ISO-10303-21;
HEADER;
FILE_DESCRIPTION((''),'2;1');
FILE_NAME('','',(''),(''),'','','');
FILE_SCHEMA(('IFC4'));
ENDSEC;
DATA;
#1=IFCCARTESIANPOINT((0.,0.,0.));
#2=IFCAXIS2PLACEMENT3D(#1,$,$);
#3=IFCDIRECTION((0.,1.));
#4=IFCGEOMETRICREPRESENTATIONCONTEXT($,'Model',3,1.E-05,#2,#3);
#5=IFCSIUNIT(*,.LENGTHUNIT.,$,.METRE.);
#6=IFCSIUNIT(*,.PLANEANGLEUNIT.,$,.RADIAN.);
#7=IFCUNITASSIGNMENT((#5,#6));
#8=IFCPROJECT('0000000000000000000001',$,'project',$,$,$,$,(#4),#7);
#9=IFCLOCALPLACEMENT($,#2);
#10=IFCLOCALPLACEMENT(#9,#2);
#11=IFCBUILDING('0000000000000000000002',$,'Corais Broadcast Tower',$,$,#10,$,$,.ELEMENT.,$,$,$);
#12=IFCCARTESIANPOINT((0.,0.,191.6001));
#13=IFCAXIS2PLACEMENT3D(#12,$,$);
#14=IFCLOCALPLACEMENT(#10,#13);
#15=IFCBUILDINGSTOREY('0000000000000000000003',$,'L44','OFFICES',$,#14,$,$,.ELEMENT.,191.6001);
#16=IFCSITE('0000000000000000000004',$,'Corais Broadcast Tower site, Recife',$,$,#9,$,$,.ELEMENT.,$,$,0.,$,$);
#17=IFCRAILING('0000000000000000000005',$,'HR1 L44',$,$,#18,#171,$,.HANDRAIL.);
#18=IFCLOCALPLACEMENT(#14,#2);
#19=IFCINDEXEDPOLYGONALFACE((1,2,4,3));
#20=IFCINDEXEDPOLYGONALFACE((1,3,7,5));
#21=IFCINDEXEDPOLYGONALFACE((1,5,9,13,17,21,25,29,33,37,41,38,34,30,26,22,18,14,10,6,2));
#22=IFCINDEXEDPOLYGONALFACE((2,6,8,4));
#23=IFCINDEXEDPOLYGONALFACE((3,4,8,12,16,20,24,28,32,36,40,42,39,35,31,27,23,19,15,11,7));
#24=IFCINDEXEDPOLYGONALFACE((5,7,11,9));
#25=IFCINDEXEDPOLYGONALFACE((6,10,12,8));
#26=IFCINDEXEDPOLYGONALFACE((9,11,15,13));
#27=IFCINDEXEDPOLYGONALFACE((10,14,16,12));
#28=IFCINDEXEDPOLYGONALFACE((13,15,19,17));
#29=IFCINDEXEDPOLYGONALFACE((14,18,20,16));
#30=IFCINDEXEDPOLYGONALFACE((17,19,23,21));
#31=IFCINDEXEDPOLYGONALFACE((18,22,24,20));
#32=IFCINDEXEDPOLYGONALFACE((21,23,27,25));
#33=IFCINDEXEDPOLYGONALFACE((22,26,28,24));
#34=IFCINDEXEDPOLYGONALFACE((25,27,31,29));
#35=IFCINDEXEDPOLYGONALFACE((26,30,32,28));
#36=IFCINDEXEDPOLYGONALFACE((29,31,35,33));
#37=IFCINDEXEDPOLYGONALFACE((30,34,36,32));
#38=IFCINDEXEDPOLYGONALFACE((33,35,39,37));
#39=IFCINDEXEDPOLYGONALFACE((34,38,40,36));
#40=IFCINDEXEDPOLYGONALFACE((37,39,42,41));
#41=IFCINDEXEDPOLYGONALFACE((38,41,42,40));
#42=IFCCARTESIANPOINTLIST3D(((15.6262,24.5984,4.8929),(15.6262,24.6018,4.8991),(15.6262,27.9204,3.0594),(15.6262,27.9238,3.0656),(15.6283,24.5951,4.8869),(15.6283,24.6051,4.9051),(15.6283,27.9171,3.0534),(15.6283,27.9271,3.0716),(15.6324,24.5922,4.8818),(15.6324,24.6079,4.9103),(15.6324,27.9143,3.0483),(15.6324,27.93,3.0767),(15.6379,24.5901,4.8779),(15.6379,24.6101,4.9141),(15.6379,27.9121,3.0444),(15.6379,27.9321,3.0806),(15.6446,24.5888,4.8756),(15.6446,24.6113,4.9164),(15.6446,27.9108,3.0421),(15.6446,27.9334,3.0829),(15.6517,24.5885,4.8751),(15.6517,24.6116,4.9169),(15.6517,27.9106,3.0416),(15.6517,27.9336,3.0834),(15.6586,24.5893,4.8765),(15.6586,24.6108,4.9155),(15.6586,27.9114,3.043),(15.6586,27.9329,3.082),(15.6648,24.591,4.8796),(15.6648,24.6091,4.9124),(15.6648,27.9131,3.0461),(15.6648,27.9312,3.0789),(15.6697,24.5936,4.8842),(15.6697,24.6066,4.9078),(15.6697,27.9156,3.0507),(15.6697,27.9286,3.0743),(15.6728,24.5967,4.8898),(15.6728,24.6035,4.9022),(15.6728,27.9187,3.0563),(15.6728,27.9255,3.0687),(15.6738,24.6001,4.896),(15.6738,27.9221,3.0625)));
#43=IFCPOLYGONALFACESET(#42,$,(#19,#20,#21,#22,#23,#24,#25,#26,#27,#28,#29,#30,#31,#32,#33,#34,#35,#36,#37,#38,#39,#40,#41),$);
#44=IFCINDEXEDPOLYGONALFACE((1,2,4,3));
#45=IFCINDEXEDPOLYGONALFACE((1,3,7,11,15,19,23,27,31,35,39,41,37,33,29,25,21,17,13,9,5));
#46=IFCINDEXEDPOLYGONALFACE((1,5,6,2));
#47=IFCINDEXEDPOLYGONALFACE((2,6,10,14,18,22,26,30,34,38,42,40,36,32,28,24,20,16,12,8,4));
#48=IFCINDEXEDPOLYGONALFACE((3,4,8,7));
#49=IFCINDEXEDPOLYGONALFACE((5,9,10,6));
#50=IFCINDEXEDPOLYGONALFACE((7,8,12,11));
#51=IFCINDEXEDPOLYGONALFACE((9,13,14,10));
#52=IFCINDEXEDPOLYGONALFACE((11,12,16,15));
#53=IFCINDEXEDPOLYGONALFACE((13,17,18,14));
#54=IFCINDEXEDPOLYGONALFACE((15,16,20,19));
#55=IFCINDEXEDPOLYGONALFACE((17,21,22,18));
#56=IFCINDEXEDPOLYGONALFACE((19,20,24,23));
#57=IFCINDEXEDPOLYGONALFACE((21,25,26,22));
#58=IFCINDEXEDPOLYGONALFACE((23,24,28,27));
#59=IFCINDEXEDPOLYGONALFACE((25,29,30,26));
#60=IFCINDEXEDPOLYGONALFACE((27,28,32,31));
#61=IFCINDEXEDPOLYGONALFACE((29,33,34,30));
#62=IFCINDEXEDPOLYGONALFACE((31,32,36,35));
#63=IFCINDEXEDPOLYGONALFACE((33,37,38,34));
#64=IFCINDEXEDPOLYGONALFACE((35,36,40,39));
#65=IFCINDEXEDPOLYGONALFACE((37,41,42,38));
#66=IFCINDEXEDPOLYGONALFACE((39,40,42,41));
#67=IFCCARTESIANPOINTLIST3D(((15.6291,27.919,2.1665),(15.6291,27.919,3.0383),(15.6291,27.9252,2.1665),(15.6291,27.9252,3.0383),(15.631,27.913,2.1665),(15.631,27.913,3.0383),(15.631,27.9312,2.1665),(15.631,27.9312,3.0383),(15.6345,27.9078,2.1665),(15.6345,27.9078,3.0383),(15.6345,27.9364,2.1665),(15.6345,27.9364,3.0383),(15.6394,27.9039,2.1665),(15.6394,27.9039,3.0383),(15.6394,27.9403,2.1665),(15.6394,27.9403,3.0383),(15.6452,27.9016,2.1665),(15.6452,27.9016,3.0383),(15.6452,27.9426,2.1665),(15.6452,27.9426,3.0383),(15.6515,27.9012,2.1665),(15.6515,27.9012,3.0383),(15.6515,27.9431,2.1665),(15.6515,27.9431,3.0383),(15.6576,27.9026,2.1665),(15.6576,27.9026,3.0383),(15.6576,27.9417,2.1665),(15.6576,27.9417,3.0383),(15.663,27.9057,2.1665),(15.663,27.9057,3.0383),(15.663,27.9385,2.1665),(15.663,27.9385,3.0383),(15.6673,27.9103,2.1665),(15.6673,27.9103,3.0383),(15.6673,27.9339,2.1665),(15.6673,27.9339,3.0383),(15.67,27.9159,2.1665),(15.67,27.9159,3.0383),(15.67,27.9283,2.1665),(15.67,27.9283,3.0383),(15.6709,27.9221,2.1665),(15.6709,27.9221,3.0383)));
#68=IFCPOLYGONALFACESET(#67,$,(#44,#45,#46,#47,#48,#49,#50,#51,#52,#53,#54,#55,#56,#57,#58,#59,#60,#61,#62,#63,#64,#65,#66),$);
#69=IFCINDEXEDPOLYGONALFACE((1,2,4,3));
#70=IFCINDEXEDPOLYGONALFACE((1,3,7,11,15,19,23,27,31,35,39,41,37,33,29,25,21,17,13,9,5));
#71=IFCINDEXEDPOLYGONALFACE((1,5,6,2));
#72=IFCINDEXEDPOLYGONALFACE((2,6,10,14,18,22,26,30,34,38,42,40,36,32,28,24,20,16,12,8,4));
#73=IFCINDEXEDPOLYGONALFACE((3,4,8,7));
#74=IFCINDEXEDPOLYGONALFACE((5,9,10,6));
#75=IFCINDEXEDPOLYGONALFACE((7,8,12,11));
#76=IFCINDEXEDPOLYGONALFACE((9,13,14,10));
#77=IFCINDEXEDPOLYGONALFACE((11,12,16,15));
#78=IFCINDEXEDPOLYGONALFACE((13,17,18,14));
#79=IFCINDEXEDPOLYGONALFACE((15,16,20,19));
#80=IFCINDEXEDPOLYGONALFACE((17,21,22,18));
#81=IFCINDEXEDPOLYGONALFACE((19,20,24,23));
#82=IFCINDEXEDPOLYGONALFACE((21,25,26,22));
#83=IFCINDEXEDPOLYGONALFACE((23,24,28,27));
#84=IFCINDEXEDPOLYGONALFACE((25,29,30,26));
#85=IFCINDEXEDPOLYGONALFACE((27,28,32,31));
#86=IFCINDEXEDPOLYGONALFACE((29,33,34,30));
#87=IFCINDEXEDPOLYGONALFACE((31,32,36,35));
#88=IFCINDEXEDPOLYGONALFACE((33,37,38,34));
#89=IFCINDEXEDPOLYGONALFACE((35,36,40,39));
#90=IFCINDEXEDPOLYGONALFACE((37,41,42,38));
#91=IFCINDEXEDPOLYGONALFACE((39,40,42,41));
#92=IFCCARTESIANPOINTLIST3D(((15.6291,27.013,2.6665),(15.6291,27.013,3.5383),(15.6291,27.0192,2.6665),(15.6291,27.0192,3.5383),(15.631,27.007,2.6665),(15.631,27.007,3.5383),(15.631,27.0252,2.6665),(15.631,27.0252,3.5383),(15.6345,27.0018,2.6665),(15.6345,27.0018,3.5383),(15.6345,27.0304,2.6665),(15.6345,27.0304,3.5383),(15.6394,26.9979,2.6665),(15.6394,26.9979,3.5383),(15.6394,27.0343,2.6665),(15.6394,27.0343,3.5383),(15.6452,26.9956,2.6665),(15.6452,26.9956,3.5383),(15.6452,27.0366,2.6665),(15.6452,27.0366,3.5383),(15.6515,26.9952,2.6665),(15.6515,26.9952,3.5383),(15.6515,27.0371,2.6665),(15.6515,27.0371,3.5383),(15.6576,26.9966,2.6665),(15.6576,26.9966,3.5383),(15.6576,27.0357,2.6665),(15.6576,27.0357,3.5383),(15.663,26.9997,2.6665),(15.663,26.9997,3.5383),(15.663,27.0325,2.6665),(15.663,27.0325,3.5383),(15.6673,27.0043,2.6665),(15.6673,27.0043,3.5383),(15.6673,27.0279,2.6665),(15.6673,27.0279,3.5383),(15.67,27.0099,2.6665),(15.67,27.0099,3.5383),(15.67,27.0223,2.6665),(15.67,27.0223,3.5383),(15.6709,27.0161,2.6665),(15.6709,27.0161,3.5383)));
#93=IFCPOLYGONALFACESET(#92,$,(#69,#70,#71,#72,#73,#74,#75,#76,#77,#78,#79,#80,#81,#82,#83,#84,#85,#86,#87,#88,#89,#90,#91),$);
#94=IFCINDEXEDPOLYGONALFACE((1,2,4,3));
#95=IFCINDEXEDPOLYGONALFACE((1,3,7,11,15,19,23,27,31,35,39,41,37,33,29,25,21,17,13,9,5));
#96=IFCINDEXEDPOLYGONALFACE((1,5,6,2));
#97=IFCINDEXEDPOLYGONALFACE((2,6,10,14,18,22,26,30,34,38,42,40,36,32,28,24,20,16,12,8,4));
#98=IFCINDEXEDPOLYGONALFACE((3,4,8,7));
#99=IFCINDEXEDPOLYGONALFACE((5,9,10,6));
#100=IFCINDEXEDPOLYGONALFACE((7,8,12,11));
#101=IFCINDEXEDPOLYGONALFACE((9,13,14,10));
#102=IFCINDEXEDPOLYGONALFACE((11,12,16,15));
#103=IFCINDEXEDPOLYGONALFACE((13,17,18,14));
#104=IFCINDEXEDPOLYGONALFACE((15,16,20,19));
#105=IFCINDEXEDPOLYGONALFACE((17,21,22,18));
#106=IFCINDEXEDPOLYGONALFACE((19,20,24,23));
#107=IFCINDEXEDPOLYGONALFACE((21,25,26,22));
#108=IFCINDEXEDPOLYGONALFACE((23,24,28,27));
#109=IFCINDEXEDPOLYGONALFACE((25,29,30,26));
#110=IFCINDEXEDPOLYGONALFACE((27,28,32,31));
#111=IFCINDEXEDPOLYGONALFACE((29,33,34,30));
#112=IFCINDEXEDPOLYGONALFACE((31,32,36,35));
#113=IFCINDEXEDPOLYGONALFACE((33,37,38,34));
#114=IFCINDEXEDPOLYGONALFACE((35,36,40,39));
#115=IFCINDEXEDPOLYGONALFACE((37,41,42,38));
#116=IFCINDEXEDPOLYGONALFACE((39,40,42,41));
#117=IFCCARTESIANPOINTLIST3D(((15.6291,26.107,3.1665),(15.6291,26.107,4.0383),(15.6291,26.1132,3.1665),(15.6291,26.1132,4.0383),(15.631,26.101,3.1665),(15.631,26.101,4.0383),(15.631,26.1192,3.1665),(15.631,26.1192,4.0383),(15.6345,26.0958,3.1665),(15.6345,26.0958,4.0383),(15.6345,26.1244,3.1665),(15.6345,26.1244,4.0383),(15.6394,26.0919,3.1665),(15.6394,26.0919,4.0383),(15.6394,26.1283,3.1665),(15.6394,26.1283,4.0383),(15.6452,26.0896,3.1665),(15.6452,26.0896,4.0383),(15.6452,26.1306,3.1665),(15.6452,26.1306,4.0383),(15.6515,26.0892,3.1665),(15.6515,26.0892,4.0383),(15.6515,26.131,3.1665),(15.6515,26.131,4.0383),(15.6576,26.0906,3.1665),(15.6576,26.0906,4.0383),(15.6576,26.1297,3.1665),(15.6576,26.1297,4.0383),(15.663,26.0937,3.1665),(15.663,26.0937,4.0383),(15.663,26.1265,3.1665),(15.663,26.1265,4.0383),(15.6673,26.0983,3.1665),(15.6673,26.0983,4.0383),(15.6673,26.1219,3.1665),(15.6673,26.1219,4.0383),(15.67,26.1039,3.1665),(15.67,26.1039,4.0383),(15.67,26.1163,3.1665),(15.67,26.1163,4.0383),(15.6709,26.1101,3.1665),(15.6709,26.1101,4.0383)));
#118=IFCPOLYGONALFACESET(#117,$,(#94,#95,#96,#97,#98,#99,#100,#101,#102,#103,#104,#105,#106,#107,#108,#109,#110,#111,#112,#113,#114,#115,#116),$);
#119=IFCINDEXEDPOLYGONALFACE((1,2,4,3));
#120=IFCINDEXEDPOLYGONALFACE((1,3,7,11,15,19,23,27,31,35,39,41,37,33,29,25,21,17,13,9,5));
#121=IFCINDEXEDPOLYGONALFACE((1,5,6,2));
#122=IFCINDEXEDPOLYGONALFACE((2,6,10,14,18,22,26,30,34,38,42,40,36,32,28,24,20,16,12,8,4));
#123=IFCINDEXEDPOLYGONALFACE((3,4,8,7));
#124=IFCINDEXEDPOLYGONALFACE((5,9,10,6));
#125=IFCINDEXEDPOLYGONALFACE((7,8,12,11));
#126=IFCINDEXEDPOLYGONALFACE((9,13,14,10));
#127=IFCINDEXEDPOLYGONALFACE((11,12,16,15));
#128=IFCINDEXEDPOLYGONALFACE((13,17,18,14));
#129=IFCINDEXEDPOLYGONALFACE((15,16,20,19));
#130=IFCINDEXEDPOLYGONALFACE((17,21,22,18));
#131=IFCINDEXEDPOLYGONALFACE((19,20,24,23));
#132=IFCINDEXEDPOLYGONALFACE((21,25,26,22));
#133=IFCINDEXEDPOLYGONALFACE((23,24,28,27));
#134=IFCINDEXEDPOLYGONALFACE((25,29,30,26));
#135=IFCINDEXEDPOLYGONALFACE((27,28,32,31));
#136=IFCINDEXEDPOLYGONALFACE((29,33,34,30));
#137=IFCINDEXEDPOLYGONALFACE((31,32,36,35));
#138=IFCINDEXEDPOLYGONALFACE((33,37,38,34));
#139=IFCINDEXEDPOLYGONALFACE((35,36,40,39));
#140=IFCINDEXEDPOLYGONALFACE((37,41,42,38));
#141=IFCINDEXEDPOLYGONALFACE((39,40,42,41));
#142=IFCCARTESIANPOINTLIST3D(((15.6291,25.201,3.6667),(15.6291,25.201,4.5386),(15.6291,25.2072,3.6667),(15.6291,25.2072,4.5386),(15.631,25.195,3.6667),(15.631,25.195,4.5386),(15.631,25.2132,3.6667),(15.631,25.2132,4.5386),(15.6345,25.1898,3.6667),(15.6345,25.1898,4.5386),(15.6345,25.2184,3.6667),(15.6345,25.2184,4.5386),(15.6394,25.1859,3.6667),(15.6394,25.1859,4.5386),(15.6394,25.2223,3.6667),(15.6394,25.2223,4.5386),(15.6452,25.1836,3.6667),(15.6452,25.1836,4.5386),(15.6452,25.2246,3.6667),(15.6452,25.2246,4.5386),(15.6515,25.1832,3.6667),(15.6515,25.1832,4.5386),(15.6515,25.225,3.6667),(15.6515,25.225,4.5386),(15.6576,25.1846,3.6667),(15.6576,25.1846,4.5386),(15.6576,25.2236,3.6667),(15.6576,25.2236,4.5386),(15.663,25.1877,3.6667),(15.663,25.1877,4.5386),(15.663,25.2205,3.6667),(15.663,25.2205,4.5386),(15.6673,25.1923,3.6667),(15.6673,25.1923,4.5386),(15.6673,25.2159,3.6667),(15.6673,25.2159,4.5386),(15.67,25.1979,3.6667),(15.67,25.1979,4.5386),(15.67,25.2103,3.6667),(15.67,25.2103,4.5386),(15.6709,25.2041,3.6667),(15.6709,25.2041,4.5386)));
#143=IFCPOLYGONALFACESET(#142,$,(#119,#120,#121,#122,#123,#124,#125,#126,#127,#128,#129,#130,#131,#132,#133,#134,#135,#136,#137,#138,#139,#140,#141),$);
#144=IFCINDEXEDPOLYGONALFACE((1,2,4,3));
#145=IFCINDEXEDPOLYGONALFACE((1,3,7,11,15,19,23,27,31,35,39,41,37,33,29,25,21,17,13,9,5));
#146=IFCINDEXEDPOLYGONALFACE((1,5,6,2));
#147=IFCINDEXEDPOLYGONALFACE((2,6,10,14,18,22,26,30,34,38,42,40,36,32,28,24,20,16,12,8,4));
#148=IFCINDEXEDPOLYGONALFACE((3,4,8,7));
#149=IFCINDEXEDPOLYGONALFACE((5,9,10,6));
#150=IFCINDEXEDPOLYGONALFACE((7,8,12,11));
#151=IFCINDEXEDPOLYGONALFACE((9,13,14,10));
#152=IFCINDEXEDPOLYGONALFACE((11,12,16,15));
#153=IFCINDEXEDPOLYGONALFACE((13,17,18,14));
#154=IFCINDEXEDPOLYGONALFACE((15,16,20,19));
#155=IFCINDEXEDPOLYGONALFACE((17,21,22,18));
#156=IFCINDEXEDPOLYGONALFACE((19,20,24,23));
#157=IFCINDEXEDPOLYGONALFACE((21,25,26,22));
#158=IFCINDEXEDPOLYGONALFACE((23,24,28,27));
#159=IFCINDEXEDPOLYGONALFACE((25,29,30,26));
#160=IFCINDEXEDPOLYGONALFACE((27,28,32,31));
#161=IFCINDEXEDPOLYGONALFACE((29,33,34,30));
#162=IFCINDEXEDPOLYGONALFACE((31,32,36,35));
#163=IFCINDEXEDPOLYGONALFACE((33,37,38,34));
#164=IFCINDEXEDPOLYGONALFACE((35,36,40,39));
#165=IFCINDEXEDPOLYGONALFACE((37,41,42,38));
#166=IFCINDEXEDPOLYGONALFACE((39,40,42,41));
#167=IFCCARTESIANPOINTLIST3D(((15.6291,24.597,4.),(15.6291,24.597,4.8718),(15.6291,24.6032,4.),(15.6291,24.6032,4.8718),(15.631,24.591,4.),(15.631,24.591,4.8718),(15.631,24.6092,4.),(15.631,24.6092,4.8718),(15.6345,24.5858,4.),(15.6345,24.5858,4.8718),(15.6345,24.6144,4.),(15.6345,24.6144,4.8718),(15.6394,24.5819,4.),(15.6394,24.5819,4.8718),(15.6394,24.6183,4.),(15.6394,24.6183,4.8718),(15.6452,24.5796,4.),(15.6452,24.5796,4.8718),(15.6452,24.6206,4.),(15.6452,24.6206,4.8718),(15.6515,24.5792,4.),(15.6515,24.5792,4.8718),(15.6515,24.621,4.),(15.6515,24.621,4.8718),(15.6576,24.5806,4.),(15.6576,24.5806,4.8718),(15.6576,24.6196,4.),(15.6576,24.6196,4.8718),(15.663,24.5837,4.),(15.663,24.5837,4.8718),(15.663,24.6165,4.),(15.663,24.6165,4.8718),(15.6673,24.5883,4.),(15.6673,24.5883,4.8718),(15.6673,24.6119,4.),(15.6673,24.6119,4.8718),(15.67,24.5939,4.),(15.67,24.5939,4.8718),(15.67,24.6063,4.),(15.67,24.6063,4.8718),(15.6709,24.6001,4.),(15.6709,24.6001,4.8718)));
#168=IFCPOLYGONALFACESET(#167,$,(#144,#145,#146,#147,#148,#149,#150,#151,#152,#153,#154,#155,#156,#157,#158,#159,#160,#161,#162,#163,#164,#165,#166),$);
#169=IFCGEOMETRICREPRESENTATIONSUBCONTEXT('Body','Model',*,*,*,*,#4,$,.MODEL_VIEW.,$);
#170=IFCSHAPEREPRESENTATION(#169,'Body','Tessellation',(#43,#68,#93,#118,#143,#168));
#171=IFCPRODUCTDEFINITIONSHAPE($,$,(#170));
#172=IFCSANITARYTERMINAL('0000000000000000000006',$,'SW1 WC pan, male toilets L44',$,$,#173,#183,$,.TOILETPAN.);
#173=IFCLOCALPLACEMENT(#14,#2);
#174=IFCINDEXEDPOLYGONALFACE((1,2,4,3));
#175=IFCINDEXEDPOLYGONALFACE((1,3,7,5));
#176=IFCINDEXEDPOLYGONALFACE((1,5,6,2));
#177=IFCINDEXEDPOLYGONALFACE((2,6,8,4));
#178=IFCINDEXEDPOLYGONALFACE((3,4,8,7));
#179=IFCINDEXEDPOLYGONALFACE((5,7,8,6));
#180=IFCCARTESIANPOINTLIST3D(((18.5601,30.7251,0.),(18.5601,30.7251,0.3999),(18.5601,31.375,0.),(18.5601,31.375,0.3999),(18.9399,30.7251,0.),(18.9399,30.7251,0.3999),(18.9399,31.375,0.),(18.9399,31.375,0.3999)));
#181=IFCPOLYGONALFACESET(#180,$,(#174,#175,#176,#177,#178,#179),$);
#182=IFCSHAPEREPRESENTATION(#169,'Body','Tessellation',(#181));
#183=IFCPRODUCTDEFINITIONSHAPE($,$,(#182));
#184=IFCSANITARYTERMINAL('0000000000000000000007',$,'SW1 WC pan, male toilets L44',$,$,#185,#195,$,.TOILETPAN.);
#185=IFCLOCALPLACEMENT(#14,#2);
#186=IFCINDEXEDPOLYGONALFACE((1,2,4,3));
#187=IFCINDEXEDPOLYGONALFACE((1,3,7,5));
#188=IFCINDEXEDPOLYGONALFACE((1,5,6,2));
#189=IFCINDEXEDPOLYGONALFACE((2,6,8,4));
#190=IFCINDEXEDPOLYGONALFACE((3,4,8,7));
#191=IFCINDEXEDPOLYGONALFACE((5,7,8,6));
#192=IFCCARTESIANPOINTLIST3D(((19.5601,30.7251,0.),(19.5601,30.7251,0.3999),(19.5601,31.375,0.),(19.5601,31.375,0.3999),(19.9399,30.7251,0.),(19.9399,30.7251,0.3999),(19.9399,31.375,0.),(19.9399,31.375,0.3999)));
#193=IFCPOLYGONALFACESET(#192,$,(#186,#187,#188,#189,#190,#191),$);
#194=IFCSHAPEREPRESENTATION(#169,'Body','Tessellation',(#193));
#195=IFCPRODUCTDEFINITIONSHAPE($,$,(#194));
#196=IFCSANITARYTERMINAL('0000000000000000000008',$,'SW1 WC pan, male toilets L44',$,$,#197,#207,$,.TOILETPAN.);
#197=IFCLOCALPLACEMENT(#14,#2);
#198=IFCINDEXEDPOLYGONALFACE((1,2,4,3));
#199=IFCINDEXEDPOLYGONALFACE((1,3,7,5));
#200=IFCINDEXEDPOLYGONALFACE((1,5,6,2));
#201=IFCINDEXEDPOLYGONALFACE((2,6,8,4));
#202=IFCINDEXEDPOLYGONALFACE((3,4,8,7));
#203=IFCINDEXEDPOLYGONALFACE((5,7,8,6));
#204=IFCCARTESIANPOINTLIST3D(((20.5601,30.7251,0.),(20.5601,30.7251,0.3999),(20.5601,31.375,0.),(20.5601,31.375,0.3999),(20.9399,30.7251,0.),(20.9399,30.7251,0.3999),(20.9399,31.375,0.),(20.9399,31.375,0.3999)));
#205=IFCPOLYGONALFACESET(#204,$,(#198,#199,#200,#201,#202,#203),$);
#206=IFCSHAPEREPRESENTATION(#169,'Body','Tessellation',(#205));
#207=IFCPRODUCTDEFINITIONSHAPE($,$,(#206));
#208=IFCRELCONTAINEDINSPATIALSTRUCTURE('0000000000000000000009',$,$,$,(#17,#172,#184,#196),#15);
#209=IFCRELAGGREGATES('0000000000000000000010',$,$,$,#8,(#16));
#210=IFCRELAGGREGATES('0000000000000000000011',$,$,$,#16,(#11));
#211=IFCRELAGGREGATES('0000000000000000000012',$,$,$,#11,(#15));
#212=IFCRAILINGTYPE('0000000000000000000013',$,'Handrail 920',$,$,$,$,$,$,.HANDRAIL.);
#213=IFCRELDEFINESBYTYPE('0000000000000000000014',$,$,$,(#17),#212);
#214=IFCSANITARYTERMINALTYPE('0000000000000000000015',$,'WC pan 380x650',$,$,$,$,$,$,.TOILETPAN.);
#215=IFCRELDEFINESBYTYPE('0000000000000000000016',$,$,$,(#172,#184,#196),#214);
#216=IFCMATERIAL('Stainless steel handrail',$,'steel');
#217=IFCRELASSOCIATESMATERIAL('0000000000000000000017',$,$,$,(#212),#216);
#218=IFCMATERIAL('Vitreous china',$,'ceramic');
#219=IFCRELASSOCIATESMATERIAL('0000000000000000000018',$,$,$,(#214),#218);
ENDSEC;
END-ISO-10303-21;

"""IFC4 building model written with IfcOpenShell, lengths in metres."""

from ifc_helpers import new_model, si_unit, direction, frame, origin, origin_2d, place, context, subcontext, project, spatial, rectangle, circle, extrude, material, type_object, element, save


model = new_model("IFC4")

# Units and contexts
model_context = context("Model", 3, precision=1e-05, world=origin(), true_north=direction((0.0, 1.0)))
body_context = subcontext(model_context, "Body", "Model", "MODEL_VIEW")
ifc_project = project(units=[si_unit("LENGTHUNIT", "METRE"), si_unit("PLANEANGLEUNIT", "RADIAN")], contexts=[model_context])

# Site, building, storey
site_placement = place(None, origin())
site = spatial("IfcSite", under=ifc_project, at=site_placement, Name="Corais Broadcast Tower site, Recife", CompositionType="ELEMENT", RefElevation=0.0)
building_placement = place(site_placement, origin())
building = spatial("IfcBuilding", under=site, at=building_placement, Name="Corais Broadcast Tower", CompositionType="ELEMENT")
storey_placement = place(building_placement, frame((0.0, 0.0, 191.6001)))
storey = spatial("IfcBuildingStorey", under=building, at=storey_placement, Name="L44", Description="OFFICES", CompositionType="ELEMENT", Elevation=191.6001)

# Railing
ifc_material_1 = material(Name="Stainless steel handrail", Category="steel")
railing_type = type_object("IfcRailingType", Name="Handrail 920", PredefinedType="HANDRAIL", material=ifc_material_1)
for number, where, name in (
    (1, (15.6499, 27.9221, 2.1665), "HR1 L44"),
):
    element("IfcRailing", number, at=place(storey_placement, frame(where)), inside=storey, type_object=railing_type, Name=name, PredefinedType="HANDRAIL", context=body_context, shape_type="SweptSolid", body=[
        extrude(circle(Radius=0.0239, at=origin_2d()), frame((0.0, 0.0, 0.896), z_axis=(0.0, -0.875504, 0.48321), x_axis=(1.0, 0.0, 0.0)), (0.0, 0.0, 1.0), 3.7944),
        extrude(circle(Radius=0.021, at=origin_2d()), origin(), (0.0, 0.0, 1.0), 0.8718),
        extrude(circle(Radius=0.021, at=origin_2d()), frame((0.0, -0.906, 0.5)), (0.0, 0.0, 1.0), 0.8718),
        extrude(circle(Radius=0.021, at=origin_2d()), frame((0.0, -1.812, 1.0)), (0.0, 0.0, 1.0), 0.8718),
        extrude(circle(Radius=0.021, at=origin_2d()), frame((0.0, -2.718, 1.5002)), (0.0, 0.0, 1.0), 0.8718),
        extrude(circle(Radius=0.021, at=origin_2d()), frame((0.0, -3.322, 1.8335)), (0.0, 0.0, 1.0), 0.8718),
    ])

# Sanitary terminals
ifc_material_2 = material(Name="Vitreous china", Category="ceramic")
sanitary_terminal_type = type_object("IfcSanitaryTerminalType", Name="WC pan 380x650", PredefinedType="TOILETPAN", material=ifc_material_2)
for number, where, z_axis, x_axis, name in (
    (2, (18.75, 31.05, 0.0), (0.0, 0.0, 1.0), (1.0, 0.0, 0.0), "SW1 WC pan, male toilets L44"),
    (3, (19.75, 31.05, 0.0), (0.0, 0.0, 1.0), (1.0, 0.0, 0.0), "SW1 WC pan, male toilets L44"),
    (4, (20.75, 31.05, 0.0), (0.0, 0.0, 1.0), (1.0, 0.0, 0.0), "SW1 WC pan, male toilets L44"),
):
    element("IfcSanitaryTerminal", number, at=place(storey_placement, frame(where, z_axis=z_axis, x_axis=x_axis)), inside=storey, type_object=sanitary_terminal_type, Name=name, PredefinedType="TOILETPAN", context=body_context, shape_type="SweptSolid", body=[
        extrude(rectangle(XDim=0.3799, YDim=0.6499, at=origin_2d()), origin(), (0.0, 0.0, 1.0), 0.3999),
    ])

save(model, "model.ifc")
